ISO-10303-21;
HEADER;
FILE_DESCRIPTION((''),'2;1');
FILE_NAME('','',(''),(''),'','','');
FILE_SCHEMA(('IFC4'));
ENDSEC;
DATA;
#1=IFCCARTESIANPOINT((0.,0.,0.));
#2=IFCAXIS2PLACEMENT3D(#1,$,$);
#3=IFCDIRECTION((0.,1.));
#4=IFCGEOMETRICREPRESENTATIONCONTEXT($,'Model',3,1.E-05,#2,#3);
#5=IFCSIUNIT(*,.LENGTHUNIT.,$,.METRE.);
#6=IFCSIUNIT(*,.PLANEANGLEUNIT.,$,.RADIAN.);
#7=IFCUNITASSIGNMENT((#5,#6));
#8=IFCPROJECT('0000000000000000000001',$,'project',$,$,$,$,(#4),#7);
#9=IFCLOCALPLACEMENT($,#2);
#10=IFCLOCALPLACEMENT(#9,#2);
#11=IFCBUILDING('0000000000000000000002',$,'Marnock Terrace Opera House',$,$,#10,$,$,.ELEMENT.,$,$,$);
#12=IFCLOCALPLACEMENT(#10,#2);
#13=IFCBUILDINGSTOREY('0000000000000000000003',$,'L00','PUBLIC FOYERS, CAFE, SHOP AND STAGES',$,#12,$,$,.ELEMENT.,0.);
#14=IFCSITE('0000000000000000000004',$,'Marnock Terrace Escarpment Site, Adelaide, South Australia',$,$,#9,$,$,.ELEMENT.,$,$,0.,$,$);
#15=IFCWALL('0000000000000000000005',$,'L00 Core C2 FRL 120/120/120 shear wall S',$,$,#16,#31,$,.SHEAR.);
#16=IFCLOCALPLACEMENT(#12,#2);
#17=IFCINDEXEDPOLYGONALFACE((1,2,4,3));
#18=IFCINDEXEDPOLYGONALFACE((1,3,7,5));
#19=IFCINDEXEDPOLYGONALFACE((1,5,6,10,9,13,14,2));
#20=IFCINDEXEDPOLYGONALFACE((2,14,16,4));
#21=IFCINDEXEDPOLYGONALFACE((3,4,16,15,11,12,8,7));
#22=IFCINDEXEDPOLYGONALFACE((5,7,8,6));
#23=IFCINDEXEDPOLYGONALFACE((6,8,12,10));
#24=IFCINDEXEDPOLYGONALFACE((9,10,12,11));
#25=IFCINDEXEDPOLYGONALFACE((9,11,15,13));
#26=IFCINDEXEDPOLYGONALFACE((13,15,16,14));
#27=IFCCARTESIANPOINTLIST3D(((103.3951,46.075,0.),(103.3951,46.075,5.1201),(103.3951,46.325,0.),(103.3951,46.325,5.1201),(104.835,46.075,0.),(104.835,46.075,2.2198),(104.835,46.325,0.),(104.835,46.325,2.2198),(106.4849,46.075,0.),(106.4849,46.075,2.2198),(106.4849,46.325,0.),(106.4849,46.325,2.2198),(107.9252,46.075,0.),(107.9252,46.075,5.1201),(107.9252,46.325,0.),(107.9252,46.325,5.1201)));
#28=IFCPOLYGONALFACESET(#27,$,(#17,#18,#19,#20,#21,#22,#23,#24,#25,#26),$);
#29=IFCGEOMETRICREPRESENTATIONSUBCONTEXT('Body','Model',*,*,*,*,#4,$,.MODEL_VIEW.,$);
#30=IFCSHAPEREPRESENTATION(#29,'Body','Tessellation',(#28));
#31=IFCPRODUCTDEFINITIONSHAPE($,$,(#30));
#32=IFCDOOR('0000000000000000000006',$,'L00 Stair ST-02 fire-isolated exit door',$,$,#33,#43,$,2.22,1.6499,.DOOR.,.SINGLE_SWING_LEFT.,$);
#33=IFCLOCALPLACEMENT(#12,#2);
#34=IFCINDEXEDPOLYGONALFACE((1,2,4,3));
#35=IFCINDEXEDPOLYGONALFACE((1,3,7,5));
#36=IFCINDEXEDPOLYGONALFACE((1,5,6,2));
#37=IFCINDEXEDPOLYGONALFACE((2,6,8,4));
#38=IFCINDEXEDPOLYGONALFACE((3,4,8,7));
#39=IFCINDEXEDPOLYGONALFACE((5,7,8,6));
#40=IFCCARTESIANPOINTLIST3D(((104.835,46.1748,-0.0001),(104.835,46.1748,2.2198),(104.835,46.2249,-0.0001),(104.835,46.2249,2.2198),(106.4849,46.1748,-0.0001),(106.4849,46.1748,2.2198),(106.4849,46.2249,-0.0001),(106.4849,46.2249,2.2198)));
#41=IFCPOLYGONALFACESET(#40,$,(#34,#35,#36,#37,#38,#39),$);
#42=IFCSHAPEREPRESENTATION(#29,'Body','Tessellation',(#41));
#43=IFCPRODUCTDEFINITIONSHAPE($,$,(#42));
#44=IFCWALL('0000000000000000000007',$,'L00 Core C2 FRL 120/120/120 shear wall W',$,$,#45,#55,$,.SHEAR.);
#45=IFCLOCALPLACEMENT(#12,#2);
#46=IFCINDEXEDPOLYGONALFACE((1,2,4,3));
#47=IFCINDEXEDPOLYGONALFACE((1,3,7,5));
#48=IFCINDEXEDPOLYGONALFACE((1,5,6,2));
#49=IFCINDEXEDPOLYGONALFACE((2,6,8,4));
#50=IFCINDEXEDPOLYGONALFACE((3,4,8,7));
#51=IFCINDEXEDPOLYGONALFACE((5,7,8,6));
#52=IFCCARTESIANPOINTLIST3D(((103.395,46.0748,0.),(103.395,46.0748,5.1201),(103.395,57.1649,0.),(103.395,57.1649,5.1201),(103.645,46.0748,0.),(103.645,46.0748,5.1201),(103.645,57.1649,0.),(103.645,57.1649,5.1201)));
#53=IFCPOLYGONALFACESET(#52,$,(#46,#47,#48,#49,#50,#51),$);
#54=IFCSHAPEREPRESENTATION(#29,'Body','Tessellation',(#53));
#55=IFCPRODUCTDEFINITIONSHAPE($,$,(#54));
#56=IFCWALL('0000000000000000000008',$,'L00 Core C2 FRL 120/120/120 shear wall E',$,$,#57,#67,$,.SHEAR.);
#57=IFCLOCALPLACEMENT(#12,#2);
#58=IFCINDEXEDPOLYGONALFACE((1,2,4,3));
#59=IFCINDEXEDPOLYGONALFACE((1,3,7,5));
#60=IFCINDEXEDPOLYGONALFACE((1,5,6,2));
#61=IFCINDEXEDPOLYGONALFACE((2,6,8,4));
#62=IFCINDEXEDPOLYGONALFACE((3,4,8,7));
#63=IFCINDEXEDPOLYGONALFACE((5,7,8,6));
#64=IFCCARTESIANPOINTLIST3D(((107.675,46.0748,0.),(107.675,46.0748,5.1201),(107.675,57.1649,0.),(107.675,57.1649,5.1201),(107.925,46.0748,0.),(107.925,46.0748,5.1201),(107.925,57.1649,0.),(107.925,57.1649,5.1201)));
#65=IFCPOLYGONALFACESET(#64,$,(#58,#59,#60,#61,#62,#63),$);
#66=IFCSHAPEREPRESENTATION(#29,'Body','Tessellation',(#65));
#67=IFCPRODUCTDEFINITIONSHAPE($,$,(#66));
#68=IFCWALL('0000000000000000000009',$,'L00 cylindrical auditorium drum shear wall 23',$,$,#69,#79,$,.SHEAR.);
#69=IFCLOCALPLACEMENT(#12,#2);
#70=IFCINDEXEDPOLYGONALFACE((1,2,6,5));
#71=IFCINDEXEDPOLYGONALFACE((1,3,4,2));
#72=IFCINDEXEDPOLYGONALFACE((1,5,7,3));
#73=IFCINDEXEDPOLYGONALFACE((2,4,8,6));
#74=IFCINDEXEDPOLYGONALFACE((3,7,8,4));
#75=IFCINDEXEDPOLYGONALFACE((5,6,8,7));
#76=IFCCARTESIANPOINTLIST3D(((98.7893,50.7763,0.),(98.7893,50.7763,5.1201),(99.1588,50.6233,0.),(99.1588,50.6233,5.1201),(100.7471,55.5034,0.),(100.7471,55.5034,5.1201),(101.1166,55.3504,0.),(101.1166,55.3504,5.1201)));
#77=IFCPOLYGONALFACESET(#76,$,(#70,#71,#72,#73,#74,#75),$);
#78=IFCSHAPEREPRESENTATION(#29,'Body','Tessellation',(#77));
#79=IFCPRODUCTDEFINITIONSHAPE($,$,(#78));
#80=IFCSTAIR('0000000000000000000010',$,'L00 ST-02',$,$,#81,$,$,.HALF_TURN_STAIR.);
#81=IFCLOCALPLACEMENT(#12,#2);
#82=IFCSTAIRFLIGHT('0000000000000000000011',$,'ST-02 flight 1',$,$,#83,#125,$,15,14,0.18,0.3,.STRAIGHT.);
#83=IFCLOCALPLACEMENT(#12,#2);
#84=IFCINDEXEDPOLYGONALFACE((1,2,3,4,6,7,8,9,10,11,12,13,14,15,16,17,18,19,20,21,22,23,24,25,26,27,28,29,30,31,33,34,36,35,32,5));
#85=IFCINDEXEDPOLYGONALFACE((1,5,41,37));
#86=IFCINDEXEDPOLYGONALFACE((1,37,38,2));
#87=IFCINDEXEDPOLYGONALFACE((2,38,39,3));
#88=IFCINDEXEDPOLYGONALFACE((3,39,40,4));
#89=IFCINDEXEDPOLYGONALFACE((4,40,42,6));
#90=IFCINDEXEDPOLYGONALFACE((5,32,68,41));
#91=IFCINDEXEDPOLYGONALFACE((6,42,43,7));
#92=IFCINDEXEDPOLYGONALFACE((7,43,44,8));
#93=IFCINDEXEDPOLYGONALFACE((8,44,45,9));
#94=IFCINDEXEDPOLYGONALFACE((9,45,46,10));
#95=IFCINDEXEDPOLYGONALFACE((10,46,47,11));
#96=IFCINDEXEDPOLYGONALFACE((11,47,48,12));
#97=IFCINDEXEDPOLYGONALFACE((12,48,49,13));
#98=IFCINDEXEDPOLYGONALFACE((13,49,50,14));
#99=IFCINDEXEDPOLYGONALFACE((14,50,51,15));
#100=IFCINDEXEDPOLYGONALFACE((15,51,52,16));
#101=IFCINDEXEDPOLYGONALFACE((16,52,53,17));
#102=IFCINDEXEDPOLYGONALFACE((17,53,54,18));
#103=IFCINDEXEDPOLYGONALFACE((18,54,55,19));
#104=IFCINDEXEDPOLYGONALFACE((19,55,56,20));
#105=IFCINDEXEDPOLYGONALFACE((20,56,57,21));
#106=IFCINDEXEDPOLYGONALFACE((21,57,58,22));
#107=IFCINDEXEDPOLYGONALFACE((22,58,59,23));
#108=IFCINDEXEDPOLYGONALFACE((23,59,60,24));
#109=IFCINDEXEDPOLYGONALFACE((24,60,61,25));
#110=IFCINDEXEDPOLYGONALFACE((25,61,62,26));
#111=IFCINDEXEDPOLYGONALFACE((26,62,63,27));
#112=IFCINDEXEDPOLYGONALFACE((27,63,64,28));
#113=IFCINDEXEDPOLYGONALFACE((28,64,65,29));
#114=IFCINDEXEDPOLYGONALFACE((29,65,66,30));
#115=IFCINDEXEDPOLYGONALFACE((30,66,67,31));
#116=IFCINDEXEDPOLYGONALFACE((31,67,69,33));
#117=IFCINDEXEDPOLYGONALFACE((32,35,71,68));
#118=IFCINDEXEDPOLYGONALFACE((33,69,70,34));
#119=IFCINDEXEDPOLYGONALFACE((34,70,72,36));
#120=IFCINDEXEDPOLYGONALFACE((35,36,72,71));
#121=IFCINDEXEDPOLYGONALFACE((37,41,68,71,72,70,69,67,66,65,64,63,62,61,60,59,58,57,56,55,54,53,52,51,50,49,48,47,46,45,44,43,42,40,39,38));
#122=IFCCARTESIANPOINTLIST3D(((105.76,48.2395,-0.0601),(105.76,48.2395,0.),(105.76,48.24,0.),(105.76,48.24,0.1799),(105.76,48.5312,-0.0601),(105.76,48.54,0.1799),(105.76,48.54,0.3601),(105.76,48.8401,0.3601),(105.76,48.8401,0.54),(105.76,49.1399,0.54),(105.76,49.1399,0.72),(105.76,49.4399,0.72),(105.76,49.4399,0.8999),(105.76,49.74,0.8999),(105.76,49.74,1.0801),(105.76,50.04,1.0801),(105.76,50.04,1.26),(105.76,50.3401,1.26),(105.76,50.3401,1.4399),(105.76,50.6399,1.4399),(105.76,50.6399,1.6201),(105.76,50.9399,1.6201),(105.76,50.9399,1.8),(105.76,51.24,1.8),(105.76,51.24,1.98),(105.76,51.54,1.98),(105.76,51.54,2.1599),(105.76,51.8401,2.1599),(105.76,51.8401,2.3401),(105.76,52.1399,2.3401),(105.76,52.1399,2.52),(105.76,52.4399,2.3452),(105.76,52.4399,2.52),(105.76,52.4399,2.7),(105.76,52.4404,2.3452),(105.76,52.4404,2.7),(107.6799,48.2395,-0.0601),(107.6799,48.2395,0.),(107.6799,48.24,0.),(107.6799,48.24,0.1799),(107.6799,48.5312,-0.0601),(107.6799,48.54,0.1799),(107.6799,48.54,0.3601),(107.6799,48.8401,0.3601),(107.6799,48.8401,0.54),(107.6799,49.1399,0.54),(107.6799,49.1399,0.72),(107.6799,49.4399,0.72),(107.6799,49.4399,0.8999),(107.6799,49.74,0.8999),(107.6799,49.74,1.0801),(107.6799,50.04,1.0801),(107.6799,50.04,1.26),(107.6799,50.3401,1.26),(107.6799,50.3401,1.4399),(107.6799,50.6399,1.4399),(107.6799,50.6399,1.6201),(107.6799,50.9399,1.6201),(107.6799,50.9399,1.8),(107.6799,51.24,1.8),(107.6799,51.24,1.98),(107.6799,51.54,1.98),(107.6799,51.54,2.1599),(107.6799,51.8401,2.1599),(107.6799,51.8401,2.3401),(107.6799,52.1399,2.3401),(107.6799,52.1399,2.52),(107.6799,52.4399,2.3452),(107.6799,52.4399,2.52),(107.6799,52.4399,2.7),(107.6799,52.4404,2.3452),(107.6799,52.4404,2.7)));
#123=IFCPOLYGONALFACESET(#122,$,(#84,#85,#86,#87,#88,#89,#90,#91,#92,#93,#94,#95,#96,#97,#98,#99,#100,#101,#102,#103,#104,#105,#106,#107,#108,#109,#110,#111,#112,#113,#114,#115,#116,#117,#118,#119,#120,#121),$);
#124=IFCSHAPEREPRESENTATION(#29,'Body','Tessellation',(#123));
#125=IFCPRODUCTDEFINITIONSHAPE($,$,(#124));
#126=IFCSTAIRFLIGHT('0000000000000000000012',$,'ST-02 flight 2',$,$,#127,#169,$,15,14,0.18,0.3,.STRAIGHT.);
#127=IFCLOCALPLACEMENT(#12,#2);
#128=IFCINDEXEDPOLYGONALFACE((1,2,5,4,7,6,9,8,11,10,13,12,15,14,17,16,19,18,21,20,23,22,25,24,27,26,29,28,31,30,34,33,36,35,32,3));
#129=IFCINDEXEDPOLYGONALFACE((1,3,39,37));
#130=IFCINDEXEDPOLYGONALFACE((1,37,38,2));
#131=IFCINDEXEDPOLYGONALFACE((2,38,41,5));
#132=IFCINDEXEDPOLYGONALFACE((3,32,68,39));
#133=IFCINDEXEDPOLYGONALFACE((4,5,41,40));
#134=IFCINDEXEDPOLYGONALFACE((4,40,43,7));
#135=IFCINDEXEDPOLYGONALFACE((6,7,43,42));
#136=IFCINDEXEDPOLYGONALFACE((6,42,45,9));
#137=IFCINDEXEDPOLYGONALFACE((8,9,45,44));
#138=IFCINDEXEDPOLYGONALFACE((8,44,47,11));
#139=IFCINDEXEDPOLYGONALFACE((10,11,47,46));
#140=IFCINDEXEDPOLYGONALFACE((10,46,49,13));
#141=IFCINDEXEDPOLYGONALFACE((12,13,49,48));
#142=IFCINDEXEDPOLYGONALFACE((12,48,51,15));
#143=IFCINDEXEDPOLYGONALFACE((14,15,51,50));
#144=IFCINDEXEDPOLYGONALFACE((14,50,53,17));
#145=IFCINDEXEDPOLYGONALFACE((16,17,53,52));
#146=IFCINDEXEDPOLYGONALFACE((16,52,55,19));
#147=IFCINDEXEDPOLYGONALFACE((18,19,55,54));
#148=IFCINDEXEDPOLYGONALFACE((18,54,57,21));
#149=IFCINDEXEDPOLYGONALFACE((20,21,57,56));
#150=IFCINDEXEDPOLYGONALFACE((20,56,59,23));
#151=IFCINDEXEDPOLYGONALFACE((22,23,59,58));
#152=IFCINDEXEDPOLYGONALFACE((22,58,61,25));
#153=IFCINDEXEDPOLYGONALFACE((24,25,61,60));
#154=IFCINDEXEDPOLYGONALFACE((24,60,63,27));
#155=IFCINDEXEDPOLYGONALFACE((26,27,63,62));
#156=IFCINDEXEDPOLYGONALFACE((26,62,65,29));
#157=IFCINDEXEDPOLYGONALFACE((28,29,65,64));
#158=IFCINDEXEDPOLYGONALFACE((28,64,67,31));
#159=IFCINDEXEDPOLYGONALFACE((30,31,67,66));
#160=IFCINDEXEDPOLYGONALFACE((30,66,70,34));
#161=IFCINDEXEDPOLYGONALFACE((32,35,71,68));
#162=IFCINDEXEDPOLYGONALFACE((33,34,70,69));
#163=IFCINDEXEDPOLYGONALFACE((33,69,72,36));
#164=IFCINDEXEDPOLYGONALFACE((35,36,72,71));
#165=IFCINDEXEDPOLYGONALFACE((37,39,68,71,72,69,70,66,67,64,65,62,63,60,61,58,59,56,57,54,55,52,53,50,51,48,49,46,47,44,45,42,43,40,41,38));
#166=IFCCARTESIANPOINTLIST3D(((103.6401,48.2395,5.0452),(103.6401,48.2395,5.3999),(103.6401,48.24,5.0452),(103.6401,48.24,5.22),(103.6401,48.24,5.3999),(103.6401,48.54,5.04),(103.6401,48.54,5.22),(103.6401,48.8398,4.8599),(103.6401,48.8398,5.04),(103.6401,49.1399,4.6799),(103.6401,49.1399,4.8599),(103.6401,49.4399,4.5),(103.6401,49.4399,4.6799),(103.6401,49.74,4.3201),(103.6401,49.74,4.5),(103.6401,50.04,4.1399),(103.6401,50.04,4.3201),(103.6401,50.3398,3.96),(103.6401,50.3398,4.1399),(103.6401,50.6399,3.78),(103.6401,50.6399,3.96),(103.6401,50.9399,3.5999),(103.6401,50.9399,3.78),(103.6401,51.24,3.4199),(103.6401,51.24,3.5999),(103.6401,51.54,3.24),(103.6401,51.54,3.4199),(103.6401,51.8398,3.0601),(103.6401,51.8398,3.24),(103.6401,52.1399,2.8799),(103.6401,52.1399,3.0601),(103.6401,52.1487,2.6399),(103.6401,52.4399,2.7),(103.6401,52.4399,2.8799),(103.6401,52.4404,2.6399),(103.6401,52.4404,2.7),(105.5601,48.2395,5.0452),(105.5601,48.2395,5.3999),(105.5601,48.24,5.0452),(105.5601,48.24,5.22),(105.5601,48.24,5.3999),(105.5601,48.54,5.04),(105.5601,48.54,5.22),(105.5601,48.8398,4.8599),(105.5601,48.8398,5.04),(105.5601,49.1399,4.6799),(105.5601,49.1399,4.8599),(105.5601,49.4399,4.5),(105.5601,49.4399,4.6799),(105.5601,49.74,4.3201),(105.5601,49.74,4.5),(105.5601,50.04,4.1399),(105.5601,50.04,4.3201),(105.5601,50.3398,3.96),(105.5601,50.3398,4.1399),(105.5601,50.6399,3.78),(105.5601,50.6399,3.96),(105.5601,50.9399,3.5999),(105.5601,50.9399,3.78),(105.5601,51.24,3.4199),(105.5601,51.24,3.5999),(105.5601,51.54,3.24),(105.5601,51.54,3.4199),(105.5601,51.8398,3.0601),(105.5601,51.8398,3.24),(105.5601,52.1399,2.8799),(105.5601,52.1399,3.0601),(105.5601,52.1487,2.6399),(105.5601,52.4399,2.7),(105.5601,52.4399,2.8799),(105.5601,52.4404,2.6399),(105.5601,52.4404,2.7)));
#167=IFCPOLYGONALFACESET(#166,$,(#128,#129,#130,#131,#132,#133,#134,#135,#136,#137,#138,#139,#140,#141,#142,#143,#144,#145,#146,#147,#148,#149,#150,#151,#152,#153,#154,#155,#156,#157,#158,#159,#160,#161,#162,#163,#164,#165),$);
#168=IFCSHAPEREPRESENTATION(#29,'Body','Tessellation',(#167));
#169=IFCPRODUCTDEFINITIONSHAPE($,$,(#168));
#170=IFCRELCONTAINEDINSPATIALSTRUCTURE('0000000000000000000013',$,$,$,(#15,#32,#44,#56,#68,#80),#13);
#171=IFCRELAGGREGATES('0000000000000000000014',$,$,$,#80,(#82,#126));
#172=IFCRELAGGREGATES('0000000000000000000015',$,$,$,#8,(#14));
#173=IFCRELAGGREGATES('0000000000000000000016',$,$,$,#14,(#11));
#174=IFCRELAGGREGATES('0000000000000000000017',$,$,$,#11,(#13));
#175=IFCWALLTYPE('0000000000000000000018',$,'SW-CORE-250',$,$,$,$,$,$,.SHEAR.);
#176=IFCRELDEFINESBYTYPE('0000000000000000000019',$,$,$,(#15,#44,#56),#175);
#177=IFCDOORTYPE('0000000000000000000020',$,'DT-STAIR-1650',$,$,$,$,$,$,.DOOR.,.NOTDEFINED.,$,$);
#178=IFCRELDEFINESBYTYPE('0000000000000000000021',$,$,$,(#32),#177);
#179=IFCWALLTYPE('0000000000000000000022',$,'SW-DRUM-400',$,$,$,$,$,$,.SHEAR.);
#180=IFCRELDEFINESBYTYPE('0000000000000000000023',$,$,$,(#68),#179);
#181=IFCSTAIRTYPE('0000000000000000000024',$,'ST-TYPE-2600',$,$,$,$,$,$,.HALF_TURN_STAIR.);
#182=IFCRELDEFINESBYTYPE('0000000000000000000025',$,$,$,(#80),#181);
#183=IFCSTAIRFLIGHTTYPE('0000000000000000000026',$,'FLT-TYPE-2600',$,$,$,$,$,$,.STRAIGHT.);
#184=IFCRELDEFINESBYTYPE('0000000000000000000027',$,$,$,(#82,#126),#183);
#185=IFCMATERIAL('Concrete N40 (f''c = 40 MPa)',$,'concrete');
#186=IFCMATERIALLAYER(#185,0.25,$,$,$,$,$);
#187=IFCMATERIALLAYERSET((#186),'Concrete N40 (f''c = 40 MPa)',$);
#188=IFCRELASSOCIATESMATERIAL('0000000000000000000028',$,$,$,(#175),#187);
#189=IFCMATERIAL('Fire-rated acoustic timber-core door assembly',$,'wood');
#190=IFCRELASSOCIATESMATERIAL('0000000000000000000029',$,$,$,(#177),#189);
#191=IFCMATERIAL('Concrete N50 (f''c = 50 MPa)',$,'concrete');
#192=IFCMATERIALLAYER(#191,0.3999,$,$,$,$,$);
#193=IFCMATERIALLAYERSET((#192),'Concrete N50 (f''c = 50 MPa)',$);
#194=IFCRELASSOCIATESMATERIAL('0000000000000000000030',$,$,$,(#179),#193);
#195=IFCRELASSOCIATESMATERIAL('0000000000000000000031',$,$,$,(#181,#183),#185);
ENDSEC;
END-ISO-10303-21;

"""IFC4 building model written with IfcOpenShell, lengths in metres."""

from ifc_helpers import new_model, si_unit, direction, frame, frame_2d, origin, place, context, subcontext, project, spatial, polyline, rectangle, outline, extrude, material, layer, layer_set, type_object, element, fill, aggregate, save


model = new_model("IFC4")

# Units and contexts
model_context = context("Model", 3, precision=1e-05, world=origin(), true_north=direction((0.0, 1.0)))
body_context = subcontext(model_context, "Body", "Model", "MODEL_VIEW")
ifc_project = project(units=[si_unit("LENGTHUNIT", "METRE"), si_unit("PLANEANGLEUNIT", "RADIAN")], contexts=[model_context])

# Site, building, storey
site_placement = place(None, origin())
site = spatial("IfcSite", under=ifc_project, at=site_placement, Name="Marnock Terrace Escarpment Site, Adelaide, South Australia", CompositionType="ELEMENT", RefElevation=0.0)
building_placement = place(site_placement, origin())
building = spatial("IfcBuilding", under=site, at=building_placement, Name="Marnock Terrace Opera House", CompositionType="ELEMENT")
storey_placement = place(building_placement, origin())
storey = spatial("IfcBuildingStorey", under=building, at=storey_placement, Name="L00", Description="PUBLIC FOYERS, CAFE, SHOP AND STAGES", CompositionType="ELEMENT", Elevation=0.0)

# Shared definitions
ifc_material_1 = material(Name="Concrete N50 (f'c = 50 MPa)", Category="concrete")

# Shared definitions
ifc_material_2 = material(Name="Concrete N40 (f'c = 40 MPa)", Category="concrete")

# Wall, opening, door
ifc_material_3 = material(Name="Fire-rated acoustic timber-core door assembly", Category="wood")
ifc_layer_1 = layer(ifc_material_2, 0.25)
ifc_layer_set_1 = layer_set([ifc_layer_1], Name="Concrete N40 (f'c = 40 MPa)")
wall_type_1 = type_object("IfcWallType", Name="SW-CORE-250", PredefinedType="SHEAR", material=ifc_layer_set_1)
wall_1_placement = place(storey_placement, frame((103.395, 46.2, 0.0), z_axis=(0.0, 0.0, 1.0), x_axis=(1.0, 0.0, 0.0)))
wall_1 = element("IfcWall", 1, at=wall_1_placement, inside=storey, type_object=wall_type_1, Name="L00 Core C2 FRL 120/120/120 shear wall S", PredefinedType="SHEAR", context=body_context, shape_type="SweptSolid", body=[
    extrude(rectangle(XDim=4.53, YDim=0.25, at=frame_2d((2.2651, 0.0))), origin(), (0.0, 0.0, 1.0), 5.1201),
])
opening_1_placement = place(wall_1_placement, frame((1.4399, 0.0, 0.0)))
opening_1 = element("IfcOpeningElement", 2, at=opening_1_placement, cuts=wall_1, PredefinedType="OPENING", context=body_context, shape_type="SweptSolid", body=[
    extrude(rectangle(XDim=1.6499, YDim=2.22, at=frame_2d((0.825, 1.1099))), frame((0.0, 0.135, 0.0), z_axis=(0.0, -1.0, 0.0), x_axis=(1.0, 0.0, 0.0)), (0.0, 0.0, 1.0), 0.27),
])
door_type_1 = type_object("IfcDoorType", Name="DT-STAIR-1650", OperationType="NOTDEFINED", PredefinedType="DOOR", material=ifc_material_3)
door_1_placement = place(opening_1_placement, origin())
door_1 = element("IfcDoor", 3, at=door_1_placement, inside=storey, type_object=door_type_1, Name="L00 Stair ST-02 fire-isolated exit door", OperationType="SINGLE_SWING_LEFT", OverallHeight=2.22, OverallWidth=1.6499, PredefinedType="DOOR", context=body_context, shape_type="SweptSolid", body=[
    extrude(rectangle(XDim=1.6499, YDim=2.22, at=frame_2d((0.825, 1.1099))), frame((0.0, 0.0249, 0.0), z_axis=(0.0, -1.0, 0.0), x_axis=(1.0, 0.0, 0.0)), (0.0, 0.0, 1.0), 0.05),
])
fill(opening_1, door_1)

# Walls
for number, where, z_axis, x_axis, name in (
    (4, (103.52, 46.075, 0.0), (0.0, 0.0, 1.0), (0.0, 1.0, 0.0), "L00 Core C2 FRL 120/120/120 shear wall W"),
    (5, (107.8, 46.075, 0.0), (0.0, 0.0, 1.0), (0.0, 1.0, 0.0), "L00 Core C2 FRL 120/120/120 shear wall E"),
):
    element("IfcWall", number, at=place(storey_placement, frame(where, z_axis=z_axis, x_axis=x_axis)), inside=storey, type_object=wall_type_1, Name=name, PredefinedType="SHEAR", context=body_context, shape_type="SweptSolid", body=[
        extrude(rectangle(XDim=11.0901, YDim=0.25, at=frame_2d((5.5449, 0.0))), origin(), (0.0, 0.0, 1.0), 5.1201),
    ])
ifc_layer_2 = layer(ifc_material_1, 0.3999)
ifc_layer_set_2 = layer_set([ifc_layer_2], Name="Concrete N50 (f'c = 50 MPa)")
wall_type_2 = type_object("IfcWallType", Name="SW-DRUM-400", PredefinedType="SHEAR", material=ifc_layer_set_2)
wall_2_placement = place(storey_placement, frame((98.9741, 50.7, 0.0), z_axis=(0.0, 0.0, 1.0), x_axis=(0.382643, 0.923896, 0.0)))
element("IfcWall", 6, at=wall_2_placement, inside=storey, type_object=wall_type_2, Name="L00 cylindrical auditorium drum shear wall 23", PredefinedType="SHEAR", context=body_context, shape_type="SweptSolid", body=[
    extrude(rectangle(XDim=5.1165, YDim=0.3999, at=frame_2d((2.5581, 0.0))), origin(), (0.0, 0.0, 1.0), 5.1201),
])

# Stair, stair flights
stair_type = type_object("IfcStairType", Name="ST-TYPE-2600", PredefinedType="HALF_TURN_STAIR", material=ifc_material_2)
stair_placement = place(storey_placement, origin())
stair = element("IfcStair", 7, at=stair_placement, inside=storey, type_object=stair_type, Name="L00 ST-02", PredefinedType="HALF_TURN_STAIR")
stair_flight_type = type_object("IfcStairFlightType", Name="FLT-TYPE-2600", PredefinedType="STRAIGHT", material=ifc_material_2)
stair_flight_1_placement = place(storey_placement, frame((106.72, 48.24, 0.0), z_axis=(0.0, 0.0, 1.0), x_axis=(0.0, 1.0, 0.0)))
stair_flight_1 = element("IfcStairFlight", 8, at=stair_flight_1_placement, type_object=stair_flight_type, Name="ST-02 flight 1", NumberOfRisers=15, NumberOfTreads=14, PredefinedType="STRAIGHT", RiserHeight=0.18, TreadLength=0.3, context=body_context, shape_type="SweptSolid", body=[
    extrude(outline(polyline([(-0.0005, -0.0601), (-0.0005, 0.0), (0.0, 0.0), (0.0, 0.1799), (0.3, 0.1799), (0.3, 0.3601), (0.6001, 0.3601), (0.6001, 0.54), (0.8999, 0.54), (0.8999, 0.72), (1.2, 0.72), (1.2, 0.8999), (1.5, 0.8999), (1.5, 1.0801), (1.8, 1.0801), (1.8, 1.26), (2.1001, 1.26), (2.1001, 1.4399), (2.3999, 1.4399), (2.3999, 1.6201), (2.7, 1.6201), (2.7, 1.8), (3.0, 1.8), (3.0, 1.98), (3.3, 1.98), (3.3, 2.1599), (3.6001, 2.1599), (3.6001, 2.3401), (3.8999, 2.3401), (3.8999, 2.52), (4.2, 2.52), (4.2, 2.7), (4.2004, 2.7), (4.2004, 2.3452), (4.2, 2.3452), (0.2913, -0.0601), (-0.0005, -0.0601)])), frame((0.0, 0.96, 0.0), z_axis=(0.0, -1.0, 0.0), x_axis=(1.0, 0.0, 0.0)), (0.0, 0.0, 1.0), 1.9199),
])
stair_flight_2_placement = place(storey_placement, frame((104.6001, 52.4399, 2.7), z_axis=(0.0, 0.0, 1.0), x_axis=(0.0, -1.0, 0.0)))
stair_flight_2 = element("IfcStairFlight", 9, at=stair_flight_2_placement, type_object=stair_flight_type, Name="ST-02 flight 2", NumberOfRisers=15, NumberOfTreads=14, PredefinedType="STRAIGHT", RiserHeight=0.18, TreadLength=0.3, context=body_context, shape_type="SweptSolid", body=[
    extrude(outline(polyline([(-0.0005, -0.0601), (-0.0005, 0.0), (0.0, 0.0), (0.0, 0.1799), (0.3, 0.1799), (0.3, 0.3601), (0.6001, 0.3601), (0.6001, 0.54), (0.8999, 0.54), (0.8999, 0.72), (1.2, 0.72), (1.2, 0.8999), (1.5, 0.8999), (1.5, 1.0801), (1.8, 1.0801), (1.8, 1.26), (2.1001, 1.26), (2.1001, 1.4399), (2.3999, 1.4399), (2.3999, 1.6201), (2.7, 1.6201), (2.7, 1.8), (3.0, 1.8), (3.0, 1.98), (3.3, 1.98), (3.3, 2.1599), (3.6001, 2.1599), (3.6001, 2.3401), (3.8999, 2.3401), (3.8999, 2.52), (4.2, 2.52), (4.2, 2.7), (4.2004, 2.7), (4.2004, 2.3452), (4.2, 2.3452), (0.2913, -0.0601), (-0.0005, -0.0601)])), frame((0.0, 0.96, 0.0), z_axis=(0.0, -1.0, 0.0), x_axis=(1.0, 0.0, 0.0)), (0.0, 0.0, 1.0), 1.9199),
])
aggregate(stair, [stair_flight_1, stair_flight_2])

save(model, "model.ifc")
